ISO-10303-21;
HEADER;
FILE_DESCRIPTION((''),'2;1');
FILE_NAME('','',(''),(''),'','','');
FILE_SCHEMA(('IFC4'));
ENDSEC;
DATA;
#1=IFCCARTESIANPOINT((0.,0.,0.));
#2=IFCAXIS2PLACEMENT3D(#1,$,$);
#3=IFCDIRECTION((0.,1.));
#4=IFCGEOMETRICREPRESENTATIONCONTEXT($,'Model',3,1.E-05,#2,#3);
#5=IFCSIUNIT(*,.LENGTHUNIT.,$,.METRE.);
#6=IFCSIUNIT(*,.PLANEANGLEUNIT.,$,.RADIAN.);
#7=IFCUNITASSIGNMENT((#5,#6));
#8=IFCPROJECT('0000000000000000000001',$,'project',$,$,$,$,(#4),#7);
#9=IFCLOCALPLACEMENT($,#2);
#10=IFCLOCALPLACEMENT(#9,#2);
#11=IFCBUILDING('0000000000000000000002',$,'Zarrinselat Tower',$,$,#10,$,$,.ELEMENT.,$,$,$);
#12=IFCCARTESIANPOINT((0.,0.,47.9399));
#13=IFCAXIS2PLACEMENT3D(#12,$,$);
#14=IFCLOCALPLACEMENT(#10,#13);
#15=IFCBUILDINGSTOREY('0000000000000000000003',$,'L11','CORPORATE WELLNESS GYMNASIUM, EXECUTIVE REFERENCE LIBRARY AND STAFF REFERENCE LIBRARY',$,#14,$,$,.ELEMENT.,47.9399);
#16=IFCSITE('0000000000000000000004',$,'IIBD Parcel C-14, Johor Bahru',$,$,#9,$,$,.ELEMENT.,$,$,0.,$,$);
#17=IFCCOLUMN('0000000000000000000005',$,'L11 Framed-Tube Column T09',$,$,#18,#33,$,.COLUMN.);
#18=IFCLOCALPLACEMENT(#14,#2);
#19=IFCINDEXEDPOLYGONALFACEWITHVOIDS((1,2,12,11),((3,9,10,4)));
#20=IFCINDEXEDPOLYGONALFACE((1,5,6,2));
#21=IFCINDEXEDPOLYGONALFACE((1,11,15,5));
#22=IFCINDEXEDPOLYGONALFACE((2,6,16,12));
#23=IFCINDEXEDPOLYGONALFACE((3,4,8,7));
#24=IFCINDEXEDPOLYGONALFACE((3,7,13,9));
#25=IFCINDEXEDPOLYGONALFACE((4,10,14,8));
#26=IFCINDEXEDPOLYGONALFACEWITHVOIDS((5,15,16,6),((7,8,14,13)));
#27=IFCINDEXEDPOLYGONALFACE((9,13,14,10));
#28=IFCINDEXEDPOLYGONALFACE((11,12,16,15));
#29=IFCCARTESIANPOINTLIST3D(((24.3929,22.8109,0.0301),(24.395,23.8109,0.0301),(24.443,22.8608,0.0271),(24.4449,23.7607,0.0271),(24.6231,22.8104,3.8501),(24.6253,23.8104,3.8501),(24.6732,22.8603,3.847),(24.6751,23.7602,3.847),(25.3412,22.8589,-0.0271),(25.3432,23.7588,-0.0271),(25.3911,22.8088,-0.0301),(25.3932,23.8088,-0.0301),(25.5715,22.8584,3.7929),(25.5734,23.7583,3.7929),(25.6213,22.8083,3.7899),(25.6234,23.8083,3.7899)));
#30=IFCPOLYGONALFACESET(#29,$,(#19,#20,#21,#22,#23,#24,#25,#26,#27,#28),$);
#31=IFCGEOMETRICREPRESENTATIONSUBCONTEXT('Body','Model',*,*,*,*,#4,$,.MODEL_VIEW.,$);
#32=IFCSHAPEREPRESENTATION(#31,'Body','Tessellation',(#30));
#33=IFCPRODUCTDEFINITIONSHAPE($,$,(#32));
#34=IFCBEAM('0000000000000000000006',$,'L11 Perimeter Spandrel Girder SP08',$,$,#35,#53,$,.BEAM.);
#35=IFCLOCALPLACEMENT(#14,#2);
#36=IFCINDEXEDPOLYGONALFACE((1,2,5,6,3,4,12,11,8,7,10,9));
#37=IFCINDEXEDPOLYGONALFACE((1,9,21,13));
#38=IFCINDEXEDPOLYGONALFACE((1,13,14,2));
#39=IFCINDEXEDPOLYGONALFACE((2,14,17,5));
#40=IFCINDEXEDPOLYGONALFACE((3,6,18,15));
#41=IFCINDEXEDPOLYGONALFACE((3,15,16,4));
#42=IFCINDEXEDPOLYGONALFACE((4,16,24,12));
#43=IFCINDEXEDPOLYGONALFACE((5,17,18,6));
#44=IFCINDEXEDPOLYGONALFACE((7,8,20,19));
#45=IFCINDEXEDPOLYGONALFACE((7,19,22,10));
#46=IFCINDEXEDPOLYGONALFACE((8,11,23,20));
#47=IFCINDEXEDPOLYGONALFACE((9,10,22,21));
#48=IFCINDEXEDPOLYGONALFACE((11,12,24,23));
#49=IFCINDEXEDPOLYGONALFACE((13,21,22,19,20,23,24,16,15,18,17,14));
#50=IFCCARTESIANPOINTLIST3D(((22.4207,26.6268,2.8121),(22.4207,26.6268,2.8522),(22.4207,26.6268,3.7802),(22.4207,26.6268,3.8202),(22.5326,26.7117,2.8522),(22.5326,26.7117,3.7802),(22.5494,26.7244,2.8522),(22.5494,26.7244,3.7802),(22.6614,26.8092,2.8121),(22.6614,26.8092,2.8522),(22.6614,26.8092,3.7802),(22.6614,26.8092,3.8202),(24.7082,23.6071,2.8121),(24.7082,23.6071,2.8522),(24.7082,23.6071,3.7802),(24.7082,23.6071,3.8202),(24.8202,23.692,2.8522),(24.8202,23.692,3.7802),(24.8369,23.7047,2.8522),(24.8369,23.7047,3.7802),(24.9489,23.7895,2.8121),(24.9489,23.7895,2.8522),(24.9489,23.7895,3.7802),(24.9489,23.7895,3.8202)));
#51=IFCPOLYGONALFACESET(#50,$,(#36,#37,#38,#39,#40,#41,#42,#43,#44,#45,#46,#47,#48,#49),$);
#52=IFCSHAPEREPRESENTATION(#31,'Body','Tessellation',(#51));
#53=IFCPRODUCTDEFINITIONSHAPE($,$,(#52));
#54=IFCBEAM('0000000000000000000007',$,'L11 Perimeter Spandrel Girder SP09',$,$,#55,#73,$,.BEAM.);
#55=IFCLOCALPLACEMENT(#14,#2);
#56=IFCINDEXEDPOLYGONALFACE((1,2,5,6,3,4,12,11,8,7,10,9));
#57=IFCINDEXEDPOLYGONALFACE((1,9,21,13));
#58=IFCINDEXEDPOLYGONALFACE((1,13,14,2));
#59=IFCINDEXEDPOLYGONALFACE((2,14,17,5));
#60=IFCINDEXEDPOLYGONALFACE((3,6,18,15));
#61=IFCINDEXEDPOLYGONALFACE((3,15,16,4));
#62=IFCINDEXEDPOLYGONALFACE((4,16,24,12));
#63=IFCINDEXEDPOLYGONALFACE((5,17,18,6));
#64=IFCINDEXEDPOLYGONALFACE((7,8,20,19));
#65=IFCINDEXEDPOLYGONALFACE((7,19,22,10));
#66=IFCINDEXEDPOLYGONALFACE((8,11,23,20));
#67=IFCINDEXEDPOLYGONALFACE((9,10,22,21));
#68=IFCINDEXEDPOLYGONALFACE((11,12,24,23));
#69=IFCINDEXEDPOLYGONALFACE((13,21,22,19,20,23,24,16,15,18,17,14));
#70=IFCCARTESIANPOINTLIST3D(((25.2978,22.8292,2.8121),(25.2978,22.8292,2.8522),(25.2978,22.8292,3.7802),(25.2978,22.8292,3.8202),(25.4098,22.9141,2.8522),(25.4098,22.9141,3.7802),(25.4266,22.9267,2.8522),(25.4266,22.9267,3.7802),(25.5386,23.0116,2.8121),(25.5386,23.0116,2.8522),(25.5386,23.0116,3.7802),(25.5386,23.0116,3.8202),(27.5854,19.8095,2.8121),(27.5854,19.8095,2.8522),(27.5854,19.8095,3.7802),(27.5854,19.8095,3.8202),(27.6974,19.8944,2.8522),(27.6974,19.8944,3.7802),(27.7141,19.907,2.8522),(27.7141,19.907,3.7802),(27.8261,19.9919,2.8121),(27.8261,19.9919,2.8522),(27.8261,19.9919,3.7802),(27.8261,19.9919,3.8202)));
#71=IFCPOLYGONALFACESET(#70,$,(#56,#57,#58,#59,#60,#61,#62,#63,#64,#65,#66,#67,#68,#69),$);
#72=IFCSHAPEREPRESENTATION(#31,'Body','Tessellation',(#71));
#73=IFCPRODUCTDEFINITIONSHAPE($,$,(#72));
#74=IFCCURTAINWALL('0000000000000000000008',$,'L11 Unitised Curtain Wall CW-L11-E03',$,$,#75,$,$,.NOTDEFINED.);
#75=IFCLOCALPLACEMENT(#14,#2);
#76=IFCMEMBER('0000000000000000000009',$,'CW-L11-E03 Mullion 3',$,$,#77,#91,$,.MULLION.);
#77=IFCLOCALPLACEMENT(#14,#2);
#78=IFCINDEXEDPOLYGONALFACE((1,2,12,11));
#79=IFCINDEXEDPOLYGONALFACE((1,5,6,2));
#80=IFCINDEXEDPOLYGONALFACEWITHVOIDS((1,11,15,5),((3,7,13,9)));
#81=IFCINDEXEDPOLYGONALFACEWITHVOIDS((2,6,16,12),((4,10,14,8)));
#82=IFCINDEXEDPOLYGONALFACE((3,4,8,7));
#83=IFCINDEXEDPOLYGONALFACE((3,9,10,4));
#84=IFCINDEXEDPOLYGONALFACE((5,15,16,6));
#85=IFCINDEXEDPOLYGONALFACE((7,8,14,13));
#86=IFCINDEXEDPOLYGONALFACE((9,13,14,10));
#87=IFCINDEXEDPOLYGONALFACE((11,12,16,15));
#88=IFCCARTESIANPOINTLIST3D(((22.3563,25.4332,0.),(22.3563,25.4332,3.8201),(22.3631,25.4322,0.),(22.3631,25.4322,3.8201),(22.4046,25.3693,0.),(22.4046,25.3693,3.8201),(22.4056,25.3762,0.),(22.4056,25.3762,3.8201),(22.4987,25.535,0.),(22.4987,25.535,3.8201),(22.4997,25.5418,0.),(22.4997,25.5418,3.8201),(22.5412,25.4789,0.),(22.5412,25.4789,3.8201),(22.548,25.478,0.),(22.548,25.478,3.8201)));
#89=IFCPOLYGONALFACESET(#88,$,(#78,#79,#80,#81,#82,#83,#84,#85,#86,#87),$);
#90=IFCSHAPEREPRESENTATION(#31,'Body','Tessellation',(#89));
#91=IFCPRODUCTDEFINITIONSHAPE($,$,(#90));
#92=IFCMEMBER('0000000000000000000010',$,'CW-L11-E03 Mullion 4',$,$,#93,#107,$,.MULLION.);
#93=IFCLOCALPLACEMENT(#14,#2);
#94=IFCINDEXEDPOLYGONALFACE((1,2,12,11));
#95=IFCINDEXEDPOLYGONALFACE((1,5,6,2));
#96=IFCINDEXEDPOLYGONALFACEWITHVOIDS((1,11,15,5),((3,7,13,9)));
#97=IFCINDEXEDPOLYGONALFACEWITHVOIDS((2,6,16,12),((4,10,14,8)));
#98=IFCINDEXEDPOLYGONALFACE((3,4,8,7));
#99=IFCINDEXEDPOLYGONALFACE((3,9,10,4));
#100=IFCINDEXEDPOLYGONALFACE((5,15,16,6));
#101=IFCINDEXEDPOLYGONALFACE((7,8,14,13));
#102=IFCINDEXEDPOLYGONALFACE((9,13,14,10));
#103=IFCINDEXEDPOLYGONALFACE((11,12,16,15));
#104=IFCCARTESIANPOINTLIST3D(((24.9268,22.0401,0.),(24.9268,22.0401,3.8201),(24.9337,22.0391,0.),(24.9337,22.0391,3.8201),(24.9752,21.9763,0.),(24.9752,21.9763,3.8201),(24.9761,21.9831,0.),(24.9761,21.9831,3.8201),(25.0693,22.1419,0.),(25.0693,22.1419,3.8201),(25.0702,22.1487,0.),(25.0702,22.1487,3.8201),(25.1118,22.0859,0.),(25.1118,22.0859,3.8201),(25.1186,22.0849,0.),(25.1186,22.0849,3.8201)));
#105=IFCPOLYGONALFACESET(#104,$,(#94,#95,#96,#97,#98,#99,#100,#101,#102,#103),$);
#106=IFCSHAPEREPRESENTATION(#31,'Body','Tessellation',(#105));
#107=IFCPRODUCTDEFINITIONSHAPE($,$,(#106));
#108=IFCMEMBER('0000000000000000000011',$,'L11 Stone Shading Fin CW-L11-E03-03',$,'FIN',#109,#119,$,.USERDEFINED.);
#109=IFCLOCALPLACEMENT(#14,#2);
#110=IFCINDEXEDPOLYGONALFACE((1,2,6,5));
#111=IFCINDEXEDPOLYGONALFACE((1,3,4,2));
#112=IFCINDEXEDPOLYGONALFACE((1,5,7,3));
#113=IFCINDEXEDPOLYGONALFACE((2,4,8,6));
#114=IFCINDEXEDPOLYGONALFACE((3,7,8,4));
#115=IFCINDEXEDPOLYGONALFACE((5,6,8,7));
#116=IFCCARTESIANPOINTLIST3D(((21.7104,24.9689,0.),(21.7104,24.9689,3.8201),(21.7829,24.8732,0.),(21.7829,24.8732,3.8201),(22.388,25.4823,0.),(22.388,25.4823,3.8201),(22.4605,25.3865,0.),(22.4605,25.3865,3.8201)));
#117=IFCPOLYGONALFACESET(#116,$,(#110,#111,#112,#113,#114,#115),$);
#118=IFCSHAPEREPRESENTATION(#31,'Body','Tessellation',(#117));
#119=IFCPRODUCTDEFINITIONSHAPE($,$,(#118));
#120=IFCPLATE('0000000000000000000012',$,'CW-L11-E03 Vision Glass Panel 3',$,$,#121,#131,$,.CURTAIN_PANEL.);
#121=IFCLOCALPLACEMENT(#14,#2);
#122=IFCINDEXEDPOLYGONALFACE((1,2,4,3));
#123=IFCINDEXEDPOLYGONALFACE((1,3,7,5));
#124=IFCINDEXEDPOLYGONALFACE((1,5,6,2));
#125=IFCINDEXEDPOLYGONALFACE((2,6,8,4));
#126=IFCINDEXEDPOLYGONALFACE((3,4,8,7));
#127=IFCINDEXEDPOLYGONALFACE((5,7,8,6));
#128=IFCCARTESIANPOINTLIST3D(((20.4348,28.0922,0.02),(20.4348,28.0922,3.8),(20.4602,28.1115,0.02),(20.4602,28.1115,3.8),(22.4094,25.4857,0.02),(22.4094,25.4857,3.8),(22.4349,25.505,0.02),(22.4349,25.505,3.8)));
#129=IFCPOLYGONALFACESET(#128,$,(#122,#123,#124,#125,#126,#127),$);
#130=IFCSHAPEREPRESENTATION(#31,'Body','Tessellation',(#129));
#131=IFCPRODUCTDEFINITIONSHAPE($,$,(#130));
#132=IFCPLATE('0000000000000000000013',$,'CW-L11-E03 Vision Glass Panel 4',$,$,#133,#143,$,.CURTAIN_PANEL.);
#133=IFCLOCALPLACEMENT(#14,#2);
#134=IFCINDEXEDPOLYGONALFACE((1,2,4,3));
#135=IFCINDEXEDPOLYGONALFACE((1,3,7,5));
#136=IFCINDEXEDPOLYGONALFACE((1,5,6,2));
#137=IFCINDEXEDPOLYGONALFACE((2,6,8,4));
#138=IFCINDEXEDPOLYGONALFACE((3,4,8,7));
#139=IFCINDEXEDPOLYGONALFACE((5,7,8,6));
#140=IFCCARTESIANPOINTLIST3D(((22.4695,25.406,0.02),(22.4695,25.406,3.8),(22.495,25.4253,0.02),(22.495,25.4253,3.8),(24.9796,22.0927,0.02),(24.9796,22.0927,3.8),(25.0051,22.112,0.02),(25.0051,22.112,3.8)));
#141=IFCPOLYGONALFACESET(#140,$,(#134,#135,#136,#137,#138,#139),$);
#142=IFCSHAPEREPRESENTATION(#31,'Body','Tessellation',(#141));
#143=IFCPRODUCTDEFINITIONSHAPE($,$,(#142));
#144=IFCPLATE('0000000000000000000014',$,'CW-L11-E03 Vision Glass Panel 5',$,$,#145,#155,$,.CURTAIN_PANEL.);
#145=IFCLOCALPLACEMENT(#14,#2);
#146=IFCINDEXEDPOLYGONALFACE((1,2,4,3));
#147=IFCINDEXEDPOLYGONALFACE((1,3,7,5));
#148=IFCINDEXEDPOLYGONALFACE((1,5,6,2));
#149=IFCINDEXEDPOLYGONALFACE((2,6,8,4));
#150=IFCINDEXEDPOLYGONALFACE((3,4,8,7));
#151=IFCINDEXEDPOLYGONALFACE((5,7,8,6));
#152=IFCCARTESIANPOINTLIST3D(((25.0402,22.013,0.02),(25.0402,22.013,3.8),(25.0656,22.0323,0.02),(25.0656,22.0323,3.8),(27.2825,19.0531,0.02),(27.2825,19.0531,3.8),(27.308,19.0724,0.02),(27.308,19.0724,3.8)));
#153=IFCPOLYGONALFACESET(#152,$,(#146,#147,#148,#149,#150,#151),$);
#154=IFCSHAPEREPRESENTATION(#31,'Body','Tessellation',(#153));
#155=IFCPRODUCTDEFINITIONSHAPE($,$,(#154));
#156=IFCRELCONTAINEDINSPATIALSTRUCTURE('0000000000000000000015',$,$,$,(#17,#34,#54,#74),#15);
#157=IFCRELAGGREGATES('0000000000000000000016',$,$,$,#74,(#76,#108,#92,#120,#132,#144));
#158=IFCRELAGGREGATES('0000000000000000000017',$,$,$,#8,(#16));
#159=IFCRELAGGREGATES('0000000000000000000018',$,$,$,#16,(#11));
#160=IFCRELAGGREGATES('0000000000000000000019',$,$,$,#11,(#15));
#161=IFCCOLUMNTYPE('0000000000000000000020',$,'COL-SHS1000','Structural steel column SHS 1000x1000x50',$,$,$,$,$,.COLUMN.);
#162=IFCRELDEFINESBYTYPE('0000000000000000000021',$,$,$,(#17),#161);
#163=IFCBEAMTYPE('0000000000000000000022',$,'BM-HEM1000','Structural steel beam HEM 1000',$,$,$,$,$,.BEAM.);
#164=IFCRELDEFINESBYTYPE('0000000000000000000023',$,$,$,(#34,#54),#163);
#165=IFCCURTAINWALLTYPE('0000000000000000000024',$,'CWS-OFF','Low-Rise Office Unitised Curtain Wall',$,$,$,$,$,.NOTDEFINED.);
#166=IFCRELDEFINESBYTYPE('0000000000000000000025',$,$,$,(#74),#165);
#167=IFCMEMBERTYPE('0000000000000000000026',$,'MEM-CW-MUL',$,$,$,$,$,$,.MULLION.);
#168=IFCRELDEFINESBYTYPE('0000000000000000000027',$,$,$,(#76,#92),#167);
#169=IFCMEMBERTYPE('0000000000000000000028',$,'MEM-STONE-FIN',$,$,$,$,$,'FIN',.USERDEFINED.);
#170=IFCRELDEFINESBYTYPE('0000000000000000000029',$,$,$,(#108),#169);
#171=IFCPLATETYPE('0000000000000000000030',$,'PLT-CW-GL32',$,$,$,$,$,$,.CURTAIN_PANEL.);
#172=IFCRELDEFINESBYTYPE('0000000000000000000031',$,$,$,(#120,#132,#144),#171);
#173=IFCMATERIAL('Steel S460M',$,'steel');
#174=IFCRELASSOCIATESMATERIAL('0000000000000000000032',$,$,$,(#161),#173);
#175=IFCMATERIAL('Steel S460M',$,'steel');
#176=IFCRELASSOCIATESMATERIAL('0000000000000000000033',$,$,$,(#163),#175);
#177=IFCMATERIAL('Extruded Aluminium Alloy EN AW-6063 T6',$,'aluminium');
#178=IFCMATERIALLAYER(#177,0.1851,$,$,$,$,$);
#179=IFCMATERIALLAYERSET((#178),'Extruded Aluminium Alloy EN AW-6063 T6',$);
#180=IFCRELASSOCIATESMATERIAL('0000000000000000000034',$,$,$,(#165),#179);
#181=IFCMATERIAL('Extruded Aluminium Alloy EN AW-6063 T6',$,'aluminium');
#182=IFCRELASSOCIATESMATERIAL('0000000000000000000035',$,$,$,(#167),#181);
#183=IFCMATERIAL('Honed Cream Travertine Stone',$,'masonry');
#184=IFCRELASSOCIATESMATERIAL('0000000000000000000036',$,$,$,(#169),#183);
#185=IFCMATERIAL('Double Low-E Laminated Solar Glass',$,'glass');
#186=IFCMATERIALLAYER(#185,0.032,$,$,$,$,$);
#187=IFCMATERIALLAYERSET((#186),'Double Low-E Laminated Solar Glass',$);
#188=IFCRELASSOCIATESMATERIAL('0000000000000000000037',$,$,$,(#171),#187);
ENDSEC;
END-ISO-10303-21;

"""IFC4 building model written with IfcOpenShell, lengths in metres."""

from ifc_helpers import new_model, si_unit, direction, frame, origin, origin_2d, place, context, subcontext, project, spatial, rectangle, hollow_rectangle, i_section, extrude, material, layer, layer_set, material_profile, profile_set, type_object, element, aggregate, save


model = new_model("IFC4")

# Units and contexts
model_context = context("Model", 3, precision=1e-05, world=origin(), true_north=direction((0.0, 1.0)))
body_context = subcontext(model_context, "Body", "Model", "MODEL_VIEW")
ifc_project = project(units=[si_unit("LENGTHUNIT", "METRE"), si_unit("PLANEANGLEUNIT", "RADIAN")], contexts=[model_context])

# Site, building, storey
site_placement = place(None, origin())
site = spatial("IfcSite", under=ifc_project, at=site_placement, Name="IIBD Parcel C-14, Johor Bahru", CompositionType="ELEMENT", RefElevation=0.0)
building_placement = place(site_placement, origin())
building = spatial("IfcBuilding", under=site, at=building_placement, Name="Zarrinselat Tower", CompositionType="ELEMENT")
storey_placement = place(building_placement, frame((0.0, 0.0, 47.9399)))
storey = spatial("IfcBuildingStorey", under=building, at=storey_placement, Name="L11", Description="CORPORATE WELLNESS GYMNASIUM, EXECUTIVE REFERENCE LIBRARY AND STAFF REFERENCE LIBRARY", CompositionType="ELEMENT", Elevation=47.9399)

# Column
ifc_material_1 = material(Name="Steel S460M", Category="steel")
ifc_material_profile_1 = material_profile(ifc_material_1, hollow_rectangle(XDim=1.0, YDim=1.0, WallThickness=0.05, at=origin_2d()), Name="SHS 1000x1000x50")
ifc_profile_set_1 = profile_set([ifc_material_profile_1], Name="Steel S460M")
column_type = type_object("IfcColumnType", Name="COL-SHS1000", Description="Structural steel column SHS 1000x1000x50", PredefinedType="COLUMN", material=ifc_profile_set_1)
column_placement = place(storey_placement, frame((24.8931, 23.3098, 0.0), z_axis=(0.060158, -0.000128, 0.998189), x_axis=(0.002121, 0.999998, 0.0)))
element("IfcColumn", 1, at=column_placement, inside=storey, type_object=column_type, Name="L11 Framed-Tube Column T09", PredefinedType="COLUMN", context=body_context, shape_type="SweptSolid", body=[
    extrude(hollow_rectangle(XDim=1.0, YDim=1.0, WallThickness=0.05, at=origin_2d()), origin(), (0.0, 0.0, 1.0), 3.8269),
])

# Beams
ifc_material_2 = material(Name="Steel S460M", Category="steel")
ifc_material_profile_2 = material_profile(ifc_material_2, i_section(OverallWidth=0.302, OverallDepth=1.0081, WebThickness=0.021, FlangeThickness=0.04, at=origin_2d()), Name="HEM 1000")
ifc_profile_set_2 = profile_set([ifc_material_profile_2], Name="Steel S460M")
beam_type = type_object("IfcBeamType", Name="BM-HEM1000", Description="Structural steel beam HEM 1000", PredefinedType="BEAM", material=ifc_profile_set_2)
for number, where, z_axis, x_axis, name in (
    (2, (22.541, 26.718, 3.3162), (0.603839, -0.797106, 0.0), (0.797106, 0.603839, 0.0), "L11 Perimeter Spandrel Girder SP08"),
    (3, (25.4182, 22.9204, 3.3162), (0.603839, -0.797106, 0.0), (0.797106, 0.603839, 0.0), "L11 Perimeter Spandrel Girder SP09"),
):
    element("IfcBeam", number, at=place(storey_placement, frame(where, z_axis=z_axis, x_axis=x_axis)), inside=storey, type_object=beam_type, Name=name, PredefinedType="BEAM", context=body_context, shape_type="SweptSolid", body=[
        extrude(i_section(OverallWidth=0.302, OverallDepth=1.0081, WebThickness=0.021, FlangeThickness=0.04, at=origin_2d()), origin(), (0.0, 0.0, 1.0), 3.7883),
    ])

# Curtain wall, members, plates
ifc_material_3 = material(Name="Extruded Aluminium Alloy EN AW-6063 T6", Category="aluminium")
ifc_layer_1 = layer(ifc_material_3, 0.1851)
ifc_layer_set_1 = layer_set([ifc_layer_1], Name="Extruded Aluminium Alloy EN AW-6063 T6")
curtain_wall_type = type_object("IfcCurtainWallType", Name="CWS-OFF", Description="Low-Rise Office Unitised Curtain Wall", PredefinedType="NOTDEFINED", material=ifc_layer_set_1)
curtain_wall_placement = place(storey_placement, origin())
curtain_wall = element("IfcCurtainWall", 4, at=curtain_wall_placement, inside=storey, type_object=curtain_wall_type, Name="L11 Unitised Curtain Wall CW-L11-E03", PredefinedType="NOTDEFINED")
ifc_material_4 = material(Name="Extruded Aluminium Alloy EN AW-6063 T6", Category="aluminium")
ifc_material_profile_3 = material_profile(ifc_material_4, hollow_rectangle(XDim=0.0801, YDim=0.1799, WallThickness=0.0049, at=origin_2d()), Name="RHS 180x80x5")
ifc_profile_set_3 = profile_set([ifc_material_profile_3], Name="Extruded Aluminium Alloy EN AW-6063 T6")
member_type_1 = type_object("IfcMemberType", Name="MEM-CW-MUL", PredefinedType="MULLION", material=ifc_profile_set_3)
member_1_placement = place(storey_placement, frame((22.4521, 25.4556, 0.0), z_axis=(0.0, 0.0, 1.0), x_axis=(0.603857, -0.797092, 0.0)))
member_1 = element("IfcMember", 5, at=member_1_placement, type_object=member_type_1, Name="CW-L11-E03 Mullion 3", PredefinedType="MULLION", context=body_context, shape_type="SweptSolid", body=[
    extrude(hollow_rectangle(XDim=0.0801, YDim=0.1799, WallThickness=0.0049, at=origin_2d()), origin(), (0.0, 0.0, 1.0), 3.8201),
])
member_2_placement = place(storey_placement, frame((25.0227, 22.0625, 0.0), z_axis=(0.0, 0.0, 1.0), x_axis=(0.603857, -0.797092, 0.0)))
member_2 = element("IfcMember", 6, at=member_2_placement, type_object=member_type_1, Name="CW-L11-E03 Mullion 4", PredefinedType="MULLION", context=body_context, shape_type="SweptSolid", body=[
    extrude(hollow_rectangle(XDim=0.0801, YDim=0.1799, WallThickness=0.0049, at=origin_2d()), origin(), (0.0, 0.0, 1.0), 3.8201),
])
ifc_material_5 = material(Name="Honed Cream Travertine Stone", Category="masonry")
ifc_material_profile_4 = material_profile(ifc_material_5, rectangle(XDim=0.1201, YDim=0.8501, at=origin_2d()), Name="FIN 850x120")
ifc_profile_set_4 = profile_set([ifc_material_profile_4], Name="Honed Cream Travertine Stone")
member_type_2 = type_object("IfcMemberType", Name="MEM-STONE-FIN", ElementType="FIN", PredefinedType="USERDEFINED", material=ifc_profile_set_4)
member_3_placement = place(storey_placement, frame((22.0854, 25.1777, 0.0), z_axis=(0.0, 0.0, 1.0), x_axis=(-0.603857, 0.797092, 0.0)))
member_3 = element("IfcMember", 7, at=member_3_placement, type_object=member_type_2, Name="L11 Stone Shading Fin CW-L11-E03-03", ObjectType="FIN", PredefinedType="USERDEFINED", context=body_context, shape_type="SweptSolid", body=[
    extrude(rectangle(XDim=0.1201, YDim=0.8501, at=origin_2d()), origin(), (0.0, 0.0, 1.0), 3.8201),
])
ifc_material_6 = material(Name="Double Low-E Laminated Solar Glass", Category="glass")
ifc_layer_2 = layer(ifc_material_6, 0.032)
ifc_layer_set_2 = layer_set([ifc_layer_2], Name="Double Low-E Laminated Solar Glass")
plate_type = type_object("IfcPlateType", Name="PLT-CW-GL32", PredefinedType="CURTAIN_PANEL", material=ifc_layer_set_2)
plate_1_placement = place(storey_placement, frame((21.4348, 26.7986, 0.02), z_axis=(0.0, 0.0, 1.0), x_axis=(0.603857, -0.797092, 0.0)))
plate_1 = element("IfcPlate", 8, at=plate_1_placement, type_object=plate_type, Name="CW-L11-E03 Vision Glass Panel 3", PredefinedType="CURTAIN_PANEL", context=body_context, shape_type="SweptSolid", body=[
    extrude(rectangle(XDim=3.27, YDim=0.032, at=origin_2d()), origin(), (0.0, 0.0, 1.0), 3.78),
])
plate_2_placement = place(storey_placement, frame((23.7373, 23.759, 0.02), z_axis=(0.0, 0.0, 1.0), x_axis=(0.603857, -0.797092, 0.0)))
plate_2 = element("IfcPlate", 9, at=plate_2_placement, type_object=plate_type, Name="CW-L11-E03 Vision Glass Panel 4", PredefinedType="CURTAIN_PANEL", context=body_context, shape_type="SweptSolid", body=[
    extrude(rectangle(XDim=4.1567, YDim=0.032, at=origin_2d()), origin(), (0.0, 0.0, 1.0), 3.78),
])
plate_3_placement = place(storey_placement, frame((26.1741, 20.5427, 0.02), z_axis=(0.0, 0.0, 1.0), x_axis=(0.603857, -0.797092, 0.0)))
plate_3 = element("IfcPlate", 10, at=plate_3_placement, type_object=plate_type, Name="CW-L11-E03 Vision Glass Panel 5", PredefinedType="CURTAIN_PANEL", context=body_context, shape_type="SweptSolid", body=[
    extrude(rectangle(XDim=3.7134, YDim=0.032, at=origin_2d()), origin(), (0.0, 0.0, 1.0), 3.78),
])
aggregate(curtain_wall, [member_1, member_3, member_2, plate_1, plate_2, plate_3])

save(model, "model.ifc")
